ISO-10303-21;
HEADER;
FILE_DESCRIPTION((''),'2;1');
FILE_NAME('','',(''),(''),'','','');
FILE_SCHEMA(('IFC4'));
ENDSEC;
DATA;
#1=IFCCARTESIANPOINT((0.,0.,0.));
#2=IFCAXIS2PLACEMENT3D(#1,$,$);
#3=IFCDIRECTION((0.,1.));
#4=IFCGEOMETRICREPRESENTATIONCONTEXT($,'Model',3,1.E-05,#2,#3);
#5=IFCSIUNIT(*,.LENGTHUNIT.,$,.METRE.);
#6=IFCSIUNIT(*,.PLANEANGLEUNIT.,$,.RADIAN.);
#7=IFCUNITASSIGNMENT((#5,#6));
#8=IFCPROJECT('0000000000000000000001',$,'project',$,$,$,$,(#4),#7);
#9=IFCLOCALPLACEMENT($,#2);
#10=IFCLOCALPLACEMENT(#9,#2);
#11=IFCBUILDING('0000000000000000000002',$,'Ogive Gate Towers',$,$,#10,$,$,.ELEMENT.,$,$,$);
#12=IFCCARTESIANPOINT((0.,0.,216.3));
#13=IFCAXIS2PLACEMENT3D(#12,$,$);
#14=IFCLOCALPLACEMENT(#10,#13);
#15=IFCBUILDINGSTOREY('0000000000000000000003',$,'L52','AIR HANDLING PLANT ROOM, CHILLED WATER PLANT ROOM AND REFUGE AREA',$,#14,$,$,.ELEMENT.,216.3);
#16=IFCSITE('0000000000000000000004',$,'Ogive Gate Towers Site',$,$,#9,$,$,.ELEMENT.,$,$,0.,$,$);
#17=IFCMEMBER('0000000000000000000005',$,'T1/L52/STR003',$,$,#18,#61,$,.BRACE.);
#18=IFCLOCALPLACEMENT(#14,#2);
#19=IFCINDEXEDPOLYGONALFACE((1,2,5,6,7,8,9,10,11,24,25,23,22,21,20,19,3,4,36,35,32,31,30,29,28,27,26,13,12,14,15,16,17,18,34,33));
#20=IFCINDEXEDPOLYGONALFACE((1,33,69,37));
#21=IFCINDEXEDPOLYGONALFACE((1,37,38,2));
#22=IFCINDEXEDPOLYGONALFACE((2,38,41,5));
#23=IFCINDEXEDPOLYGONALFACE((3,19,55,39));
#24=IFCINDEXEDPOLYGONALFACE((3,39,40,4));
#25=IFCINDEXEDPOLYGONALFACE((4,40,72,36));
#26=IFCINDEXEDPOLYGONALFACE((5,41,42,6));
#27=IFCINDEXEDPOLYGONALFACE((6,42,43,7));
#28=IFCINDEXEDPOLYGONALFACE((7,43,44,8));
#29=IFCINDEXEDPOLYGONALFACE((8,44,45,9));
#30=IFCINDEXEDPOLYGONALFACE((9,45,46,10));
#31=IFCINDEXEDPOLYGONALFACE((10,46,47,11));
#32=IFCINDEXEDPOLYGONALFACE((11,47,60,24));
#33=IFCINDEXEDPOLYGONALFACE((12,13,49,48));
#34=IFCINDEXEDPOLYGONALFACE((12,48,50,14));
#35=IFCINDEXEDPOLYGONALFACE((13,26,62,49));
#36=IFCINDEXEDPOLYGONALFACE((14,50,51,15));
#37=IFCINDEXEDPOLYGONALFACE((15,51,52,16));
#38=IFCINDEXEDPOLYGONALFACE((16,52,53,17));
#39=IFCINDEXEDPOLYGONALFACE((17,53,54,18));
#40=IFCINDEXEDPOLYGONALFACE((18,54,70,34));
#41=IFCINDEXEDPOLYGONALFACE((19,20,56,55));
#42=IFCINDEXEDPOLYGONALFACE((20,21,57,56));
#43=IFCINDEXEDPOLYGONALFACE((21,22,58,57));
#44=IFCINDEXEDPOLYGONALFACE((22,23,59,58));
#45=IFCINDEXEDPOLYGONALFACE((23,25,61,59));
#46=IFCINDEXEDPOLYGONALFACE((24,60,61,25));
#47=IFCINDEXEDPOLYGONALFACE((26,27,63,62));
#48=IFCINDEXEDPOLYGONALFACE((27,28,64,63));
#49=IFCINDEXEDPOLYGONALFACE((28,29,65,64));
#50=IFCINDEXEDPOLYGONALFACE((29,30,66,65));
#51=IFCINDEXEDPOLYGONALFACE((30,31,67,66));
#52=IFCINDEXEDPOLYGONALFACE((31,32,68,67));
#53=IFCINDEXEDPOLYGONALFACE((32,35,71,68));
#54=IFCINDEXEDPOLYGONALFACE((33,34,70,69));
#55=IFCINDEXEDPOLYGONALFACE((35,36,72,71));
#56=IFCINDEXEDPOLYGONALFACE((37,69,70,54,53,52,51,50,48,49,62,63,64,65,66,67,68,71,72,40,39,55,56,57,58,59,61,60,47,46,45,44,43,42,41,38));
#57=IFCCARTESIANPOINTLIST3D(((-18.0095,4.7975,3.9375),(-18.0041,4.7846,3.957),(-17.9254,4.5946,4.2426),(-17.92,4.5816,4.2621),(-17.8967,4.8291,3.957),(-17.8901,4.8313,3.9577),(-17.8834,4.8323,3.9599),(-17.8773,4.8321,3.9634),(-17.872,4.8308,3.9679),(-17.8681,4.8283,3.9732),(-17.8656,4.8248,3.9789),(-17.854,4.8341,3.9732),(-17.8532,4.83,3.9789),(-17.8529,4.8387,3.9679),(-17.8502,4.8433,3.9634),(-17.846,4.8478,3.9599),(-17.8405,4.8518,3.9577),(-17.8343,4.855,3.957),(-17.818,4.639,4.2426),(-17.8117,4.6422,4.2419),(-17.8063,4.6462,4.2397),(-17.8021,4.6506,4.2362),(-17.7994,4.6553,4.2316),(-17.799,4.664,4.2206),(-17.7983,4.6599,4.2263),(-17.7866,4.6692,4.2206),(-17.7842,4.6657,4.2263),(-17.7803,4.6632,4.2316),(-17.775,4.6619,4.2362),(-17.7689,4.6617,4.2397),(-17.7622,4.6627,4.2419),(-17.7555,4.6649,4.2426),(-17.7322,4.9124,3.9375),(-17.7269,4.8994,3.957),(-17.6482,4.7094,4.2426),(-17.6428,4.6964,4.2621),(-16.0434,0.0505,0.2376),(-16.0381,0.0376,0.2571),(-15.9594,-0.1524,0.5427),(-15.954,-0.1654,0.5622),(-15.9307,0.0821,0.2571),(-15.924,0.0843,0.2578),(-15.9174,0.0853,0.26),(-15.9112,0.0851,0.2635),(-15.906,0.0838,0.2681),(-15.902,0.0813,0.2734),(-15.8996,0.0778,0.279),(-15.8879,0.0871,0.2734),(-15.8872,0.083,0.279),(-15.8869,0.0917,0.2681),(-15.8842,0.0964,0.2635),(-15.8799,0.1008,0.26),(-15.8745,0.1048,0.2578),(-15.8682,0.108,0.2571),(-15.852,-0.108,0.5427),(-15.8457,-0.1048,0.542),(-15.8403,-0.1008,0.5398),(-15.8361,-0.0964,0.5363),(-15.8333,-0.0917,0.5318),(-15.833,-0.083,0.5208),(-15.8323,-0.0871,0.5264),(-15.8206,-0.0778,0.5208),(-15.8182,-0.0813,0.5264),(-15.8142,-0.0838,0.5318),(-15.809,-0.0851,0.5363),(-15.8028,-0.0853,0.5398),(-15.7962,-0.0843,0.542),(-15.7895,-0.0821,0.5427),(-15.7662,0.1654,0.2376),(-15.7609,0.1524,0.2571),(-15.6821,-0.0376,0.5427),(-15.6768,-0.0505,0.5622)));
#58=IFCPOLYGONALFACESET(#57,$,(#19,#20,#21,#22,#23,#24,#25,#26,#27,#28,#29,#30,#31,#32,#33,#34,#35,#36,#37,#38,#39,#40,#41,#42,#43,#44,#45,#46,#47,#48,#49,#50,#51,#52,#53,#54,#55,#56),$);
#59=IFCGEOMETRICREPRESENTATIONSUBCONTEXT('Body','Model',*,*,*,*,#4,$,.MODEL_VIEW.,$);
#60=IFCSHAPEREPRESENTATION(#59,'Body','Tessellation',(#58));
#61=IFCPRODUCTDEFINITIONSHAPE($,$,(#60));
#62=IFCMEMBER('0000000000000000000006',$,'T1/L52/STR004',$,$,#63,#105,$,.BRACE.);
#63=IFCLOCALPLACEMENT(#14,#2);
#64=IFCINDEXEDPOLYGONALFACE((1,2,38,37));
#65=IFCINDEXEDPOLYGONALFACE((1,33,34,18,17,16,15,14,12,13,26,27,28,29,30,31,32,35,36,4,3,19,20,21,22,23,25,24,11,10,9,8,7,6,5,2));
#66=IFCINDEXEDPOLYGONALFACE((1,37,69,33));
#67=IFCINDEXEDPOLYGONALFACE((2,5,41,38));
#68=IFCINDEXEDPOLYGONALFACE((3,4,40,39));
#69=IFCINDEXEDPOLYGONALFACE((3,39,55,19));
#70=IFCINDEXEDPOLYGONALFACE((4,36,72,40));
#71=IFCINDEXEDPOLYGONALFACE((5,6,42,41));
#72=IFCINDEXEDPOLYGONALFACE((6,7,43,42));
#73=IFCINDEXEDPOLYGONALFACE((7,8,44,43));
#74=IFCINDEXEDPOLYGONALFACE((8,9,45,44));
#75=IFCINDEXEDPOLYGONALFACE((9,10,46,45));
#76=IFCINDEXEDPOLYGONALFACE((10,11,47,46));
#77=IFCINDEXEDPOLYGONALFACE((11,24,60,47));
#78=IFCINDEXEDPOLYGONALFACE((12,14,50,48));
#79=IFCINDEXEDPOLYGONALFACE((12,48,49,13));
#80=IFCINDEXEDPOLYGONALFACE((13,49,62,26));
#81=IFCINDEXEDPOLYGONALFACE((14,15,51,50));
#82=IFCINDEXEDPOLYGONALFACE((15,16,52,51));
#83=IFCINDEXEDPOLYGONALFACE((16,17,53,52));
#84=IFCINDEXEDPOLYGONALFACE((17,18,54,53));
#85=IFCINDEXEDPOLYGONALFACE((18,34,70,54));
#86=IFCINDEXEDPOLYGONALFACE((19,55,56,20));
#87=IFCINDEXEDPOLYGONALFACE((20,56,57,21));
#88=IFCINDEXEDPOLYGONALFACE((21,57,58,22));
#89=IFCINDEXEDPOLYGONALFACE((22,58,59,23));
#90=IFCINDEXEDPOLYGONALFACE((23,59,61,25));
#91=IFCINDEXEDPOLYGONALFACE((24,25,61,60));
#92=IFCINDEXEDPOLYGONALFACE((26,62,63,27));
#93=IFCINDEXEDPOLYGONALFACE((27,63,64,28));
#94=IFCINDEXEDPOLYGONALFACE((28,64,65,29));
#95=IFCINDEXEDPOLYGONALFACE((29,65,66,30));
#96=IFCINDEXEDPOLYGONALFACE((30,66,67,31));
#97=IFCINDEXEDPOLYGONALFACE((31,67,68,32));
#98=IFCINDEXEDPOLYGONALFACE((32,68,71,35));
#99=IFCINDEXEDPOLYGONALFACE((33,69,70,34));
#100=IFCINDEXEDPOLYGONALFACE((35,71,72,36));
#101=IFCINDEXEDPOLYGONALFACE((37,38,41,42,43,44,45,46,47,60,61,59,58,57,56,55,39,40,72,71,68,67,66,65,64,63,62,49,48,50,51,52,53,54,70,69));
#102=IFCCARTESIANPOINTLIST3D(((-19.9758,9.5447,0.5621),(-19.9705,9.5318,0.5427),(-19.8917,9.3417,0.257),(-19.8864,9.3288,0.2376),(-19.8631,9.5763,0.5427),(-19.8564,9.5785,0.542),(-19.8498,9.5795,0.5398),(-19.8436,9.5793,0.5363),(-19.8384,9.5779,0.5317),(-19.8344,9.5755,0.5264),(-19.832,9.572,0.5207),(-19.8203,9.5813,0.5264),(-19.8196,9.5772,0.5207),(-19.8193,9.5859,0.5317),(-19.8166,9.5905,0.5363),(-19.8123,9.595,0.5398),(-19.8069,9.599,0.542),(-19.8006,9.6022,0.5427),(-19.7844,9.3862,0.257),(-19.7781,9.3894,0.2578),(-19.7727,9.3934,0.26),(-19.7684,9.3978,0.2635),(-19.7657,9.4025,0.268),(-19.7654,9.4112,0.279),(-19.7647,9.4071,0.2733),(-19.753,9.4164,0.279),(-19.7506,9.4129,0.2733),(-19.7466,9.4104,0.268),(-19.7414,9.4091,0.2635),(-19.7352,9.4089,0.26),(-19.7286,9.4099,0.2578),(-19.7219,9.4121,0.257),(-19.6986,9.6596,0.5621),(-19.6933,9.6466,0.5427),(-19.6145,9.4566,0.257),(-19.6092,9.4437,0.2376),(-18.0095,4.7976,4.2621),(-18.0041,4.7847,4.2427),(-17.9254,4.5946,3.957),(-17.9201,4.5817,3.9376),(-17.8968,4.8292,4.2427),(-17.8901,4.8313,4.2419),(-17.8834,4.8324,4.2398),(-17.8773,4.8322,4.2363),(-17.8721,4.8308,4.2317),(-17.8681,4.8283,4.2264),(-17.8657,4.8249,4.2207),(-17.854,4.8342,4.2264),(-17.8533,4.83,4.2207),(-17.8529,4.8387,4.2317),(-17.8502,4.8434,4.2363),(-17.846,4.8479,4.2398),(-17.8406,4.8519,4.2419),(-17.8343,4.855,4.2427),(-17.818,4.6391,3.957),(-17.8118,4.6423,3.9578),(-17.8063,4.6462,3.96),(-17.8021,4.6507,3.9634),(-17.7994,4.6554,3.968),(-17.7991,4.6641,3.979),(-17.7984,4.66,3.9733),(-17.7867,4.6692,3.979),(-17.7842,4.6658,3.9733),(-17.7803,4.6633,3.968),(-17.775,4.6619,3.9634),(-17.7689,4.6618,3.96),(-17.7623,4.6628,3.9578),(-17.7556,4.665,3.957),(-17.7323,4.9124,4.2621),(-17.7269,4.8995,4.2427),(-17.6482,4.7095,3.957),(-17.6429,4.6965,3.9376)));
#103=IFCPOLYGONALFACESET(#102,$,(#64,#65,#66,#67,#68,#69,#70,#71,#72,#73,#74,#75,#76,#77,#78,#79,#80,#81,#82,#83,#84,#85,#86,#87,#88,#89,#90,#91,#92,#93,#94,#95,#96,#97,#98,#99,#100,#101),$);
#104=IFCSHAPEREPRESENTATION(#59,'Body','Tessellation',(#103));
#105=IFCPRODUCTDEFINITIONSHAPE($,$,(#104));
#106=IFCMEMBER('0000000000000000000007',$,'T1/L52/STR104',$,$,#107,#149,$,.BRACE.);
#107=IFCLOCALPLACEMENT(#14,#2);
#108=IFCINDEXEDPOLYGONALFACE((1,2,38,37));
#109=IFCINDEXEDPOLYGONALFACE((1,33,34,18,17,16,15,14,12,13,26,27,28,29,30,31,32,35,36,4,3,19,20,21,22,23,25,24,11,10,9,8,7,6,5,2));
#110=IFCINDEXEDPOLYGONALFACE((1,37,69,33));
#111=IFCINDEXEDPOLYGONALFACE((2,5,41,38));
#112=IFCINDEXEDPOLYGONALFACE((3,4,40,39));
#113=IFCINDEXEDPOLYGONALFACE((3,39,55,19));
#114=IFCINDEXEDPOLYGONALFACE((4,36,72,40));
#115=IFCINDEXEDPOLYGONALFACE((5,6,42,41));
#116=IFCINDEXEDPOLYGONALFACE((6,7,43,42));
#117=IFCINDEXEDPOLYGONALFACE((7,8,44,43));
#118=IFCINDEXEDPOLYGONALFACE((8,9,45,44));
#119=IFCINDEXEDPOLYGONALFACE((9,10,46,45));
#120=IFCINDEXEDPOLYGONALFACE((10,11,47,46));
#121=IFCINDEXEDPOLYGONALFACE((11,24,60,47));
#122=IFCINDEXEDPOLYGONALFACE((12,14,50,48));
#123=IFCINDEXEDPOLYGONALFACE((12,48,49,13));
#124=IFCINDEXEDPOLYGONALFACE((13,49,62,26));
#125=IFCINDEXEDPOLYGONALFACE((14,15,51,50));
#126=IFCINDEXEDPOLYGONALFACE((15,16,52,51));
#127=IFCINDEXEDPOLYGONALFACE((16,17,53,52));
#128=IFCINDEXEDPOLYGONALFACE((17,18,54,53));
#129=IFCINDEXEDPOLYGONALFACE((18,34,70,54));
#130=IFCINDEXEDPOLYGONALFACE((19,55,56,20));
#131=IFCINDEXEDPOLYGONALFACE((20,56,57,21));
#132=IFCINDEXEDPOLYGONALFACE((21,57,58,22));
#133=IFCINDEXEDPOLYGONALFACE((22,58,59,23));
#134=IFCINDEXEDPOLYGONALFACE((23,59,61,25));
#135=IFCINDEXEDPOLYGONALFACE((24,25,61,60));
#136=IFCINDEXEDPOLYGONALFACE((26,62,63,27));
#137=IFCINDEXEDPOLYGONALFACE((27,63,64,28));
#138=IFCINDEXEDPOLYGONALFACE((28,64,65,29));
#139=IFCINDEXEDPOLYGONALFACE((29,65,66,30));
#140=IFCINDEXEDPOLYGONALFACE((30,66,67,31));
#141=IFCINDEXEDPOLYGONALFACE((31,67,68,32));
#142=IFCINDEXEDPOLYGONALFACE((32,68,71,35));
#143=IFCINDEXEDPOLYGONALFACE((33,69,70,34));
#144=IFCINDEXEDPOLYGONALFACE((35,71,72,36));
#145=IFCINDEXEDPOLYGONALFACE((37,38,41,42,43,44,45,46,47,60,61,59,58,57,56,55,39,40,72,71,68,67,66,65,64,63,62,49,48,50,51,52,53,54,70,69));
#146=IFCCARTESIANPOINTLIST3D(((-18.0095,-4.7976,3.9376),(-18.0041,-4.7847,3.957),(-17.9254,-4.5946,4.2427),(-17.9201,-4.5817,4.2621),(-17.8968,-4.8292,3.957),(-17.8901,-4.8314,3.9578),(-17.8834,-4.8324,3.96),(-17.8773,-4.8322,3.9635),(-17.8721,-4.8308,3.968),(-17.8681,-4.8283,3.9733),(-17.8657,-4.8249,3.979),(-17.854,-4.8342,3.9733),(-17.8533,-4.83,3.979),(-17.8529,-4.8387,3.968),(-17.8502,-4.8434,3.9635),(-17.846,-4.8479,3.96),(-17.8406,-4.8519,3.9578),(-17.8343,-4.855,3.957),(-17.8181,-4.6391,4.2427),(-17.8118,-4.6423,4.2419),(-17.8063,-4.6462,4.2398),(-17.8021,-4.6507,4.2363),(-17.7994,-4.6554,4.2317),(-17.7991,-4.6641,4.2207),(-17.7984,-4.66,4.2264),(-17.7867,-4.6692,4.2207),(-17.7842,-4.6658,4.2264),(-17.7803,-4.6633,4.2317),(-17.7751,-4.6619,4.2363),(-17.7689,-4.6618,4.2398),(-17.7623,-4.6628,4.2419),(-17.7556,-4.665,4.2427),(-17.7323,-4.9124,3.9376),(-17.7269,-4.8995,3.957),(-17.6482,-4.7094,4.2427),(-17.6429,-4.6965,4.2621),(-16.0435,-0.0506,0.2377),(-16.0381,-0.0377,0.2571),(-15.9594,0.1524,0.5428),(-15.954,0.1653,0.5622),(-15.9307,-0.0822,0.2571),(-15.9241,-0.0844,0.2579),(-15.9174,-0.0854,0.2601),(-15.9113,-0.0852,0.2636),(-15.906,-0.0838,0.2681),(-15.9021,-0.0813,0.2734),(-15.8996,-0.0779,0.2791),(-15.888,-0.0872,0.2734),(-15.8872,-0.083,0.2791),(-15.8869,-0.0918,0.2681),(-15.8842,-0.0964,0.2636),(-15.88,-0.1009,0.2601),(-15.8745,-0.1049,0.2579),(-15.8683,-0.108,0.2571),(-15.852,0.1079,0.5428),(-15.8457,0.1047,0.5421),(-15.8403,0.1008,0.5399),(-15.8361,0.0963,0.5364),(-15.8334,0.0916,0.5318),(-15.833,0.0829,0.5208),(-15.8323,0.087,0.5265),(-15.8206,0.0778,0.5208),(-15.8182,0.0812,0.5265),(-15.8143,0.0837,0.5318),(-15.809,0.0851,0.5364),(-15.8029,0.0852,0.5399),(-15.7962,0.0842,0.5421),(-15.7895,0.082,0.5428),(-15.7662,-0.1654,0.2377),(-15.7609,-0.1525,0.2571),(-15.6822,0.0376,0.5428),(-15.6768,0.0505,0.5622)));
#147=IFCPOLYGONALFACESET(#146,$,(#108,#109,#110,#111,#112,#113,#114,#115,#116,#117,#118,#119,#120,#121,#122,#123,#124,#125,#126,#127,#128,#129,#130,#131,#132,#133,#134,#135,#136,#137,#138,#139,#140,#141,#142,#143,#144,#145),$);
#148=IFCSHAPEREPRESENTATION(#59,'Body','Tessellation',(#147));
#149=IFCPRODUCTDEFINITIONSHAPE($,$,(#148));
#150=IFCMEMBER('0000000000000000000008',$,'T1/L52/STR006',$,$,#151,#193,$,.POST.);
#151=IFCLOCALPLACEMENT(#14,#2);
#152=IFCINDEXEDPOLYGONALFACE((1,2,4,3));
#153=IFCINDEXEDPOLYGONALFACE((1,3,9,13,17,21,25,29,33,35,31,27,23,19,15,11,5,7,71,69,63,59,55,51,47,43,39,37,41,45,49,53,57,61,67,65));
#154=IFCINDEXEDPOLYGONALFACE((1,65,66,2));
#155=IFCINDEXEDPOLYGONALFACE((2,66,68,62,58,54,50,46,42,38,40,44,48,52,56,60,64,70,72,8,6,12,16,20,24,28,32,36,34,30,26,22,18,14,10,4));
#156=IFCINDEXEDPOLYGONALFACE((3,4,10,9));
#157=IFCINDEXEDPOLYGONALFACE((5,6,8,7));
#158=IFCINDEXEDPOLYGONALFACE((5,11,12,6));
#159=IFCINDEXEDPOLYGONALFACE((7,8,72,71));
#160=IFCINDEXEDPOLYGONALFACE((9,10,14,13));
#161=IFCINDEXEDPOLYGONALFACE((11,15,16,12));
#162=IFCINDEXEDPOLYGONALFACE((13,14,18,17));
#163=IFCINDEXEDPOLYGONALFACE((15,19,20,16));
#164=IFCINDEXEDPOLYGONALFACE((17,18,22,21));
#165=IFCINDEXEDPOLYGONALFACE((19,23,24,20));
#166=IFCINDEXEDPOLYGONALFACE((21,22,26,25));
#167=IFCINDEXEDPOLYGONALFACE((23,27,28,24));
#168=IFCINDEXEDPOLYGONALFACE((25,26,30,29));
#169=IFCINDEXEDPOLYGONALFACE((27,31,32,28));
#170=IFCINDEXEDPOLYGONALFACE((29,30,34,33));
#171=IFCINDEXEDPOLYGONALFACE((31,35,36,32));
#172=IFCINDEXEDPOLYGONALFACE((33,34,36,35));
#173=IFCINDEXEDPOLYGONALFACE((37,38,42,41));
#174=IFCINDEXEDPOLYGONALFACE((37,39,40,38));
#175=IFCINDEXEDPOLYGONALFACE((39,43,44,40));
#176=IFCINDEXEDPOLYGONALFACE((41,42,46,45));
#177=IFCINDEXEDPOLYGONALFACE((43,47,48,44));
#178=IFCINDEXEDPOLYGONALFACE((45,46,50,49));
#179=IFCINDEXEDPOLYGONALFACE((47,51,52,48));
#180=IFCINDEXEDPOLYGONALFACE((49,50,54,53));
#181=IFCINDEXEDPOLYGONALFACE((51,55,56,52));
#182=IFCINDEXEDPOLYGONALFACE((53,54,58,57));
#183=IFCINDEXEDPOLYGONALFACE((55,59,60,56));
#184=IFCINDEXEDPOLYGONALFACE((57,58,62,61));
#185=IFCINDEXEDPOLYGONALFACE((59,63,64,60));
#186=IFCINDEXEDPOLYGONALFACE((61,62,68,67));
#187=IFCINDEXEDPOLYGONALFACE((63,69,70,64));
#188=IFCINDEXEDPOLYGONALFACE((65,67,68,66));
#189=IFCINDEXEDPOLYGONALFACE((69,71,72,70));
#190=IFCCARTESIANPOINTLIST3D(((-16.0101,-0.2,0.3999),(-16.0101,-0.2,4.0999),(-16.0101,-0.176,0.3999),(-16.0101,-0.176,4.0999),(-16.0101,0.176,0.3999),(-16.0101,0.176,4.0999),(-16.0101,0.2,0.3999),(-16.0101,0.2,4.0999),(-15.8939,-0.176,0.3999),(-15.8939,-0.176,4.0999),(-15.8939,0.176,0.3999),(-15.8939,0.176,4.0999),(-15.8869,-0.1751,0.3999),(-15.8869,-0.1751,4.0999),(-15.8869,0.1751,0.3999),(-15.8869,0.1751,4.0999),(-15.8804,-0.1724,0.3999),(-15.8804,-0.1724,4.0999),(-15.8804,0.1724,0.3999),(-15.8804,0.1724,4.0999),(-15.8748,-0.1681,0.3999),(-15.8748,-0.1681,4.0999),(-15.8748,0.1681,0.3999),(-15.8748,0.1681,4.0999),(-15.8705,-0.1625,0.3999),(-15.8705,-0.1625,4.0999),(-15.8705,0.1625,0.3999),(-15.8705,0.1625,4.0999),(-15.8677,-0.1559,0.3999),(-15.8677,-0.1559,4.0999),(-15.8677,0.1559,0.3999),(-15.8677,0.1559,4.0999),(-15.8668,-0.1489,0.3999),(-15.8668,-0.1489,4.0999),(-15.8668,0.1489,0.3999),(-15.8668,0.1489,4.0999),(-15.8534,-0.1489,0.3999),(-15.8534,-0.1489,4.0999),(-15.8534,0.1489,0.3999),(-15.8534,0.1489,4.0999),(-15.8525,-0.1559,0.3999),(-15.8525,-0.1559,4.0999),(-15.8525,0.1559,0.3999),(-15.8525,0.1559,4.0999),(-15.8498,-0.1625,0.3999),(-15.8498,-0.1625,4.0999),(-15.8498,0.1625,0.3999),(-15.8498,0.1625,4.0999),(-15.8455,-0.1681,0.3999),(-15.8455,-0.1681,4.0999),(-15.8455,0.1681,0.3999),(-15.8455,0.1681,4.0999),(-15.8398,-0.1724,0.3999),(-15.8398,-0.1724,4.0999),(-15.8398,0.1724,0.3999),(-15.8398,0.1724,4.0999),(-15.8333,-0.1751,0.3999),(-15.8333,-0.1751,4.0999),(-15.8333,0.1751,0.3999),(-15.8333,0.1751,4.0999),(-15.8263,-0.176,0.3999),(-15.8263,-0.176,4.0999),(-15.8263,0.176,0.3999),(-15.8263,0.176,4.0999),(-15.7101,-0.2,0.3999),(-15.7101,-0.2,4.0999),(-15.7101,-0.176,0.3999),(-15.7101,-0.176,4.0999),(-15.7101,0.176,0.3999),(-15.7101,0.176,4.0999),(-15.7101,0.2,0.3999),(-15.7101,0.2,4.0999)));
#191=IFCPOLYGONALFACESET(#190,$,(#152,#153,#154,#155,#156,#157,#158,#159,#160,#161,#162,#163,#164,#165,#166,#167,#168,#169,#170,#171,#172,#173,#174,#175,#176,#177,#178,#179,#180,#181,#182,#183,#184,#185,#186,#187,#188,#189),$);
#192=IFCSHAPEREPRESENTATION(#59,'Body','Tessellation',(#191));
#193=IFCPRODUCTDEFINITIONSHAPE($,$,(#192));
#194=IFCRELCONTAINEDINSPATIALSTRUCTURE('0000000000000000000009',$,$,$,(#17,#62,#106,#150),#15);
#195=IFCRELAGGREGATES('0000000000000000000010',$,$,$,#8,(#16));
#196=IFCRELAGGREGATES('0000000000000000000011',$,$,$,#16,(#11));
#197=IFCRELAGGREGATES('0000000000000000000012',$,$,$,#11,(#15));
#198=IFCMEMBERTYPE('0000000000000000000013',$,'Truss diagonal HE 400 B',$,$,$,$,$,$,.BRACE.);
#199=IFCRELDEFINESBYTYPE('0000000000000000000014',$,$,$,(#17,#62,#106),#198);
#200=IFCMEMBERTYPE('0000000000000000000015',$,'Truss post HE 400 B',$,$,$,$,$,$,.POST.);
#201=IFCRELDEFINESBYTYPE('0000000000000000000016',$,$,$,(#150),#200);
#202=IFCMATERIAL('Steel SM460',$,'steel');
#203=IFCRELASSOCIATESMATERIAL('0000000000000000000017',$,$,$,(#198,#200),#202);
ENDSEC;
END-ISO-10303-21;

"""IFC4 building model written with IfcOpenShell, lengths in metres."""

from ifc_helpers import new_model, si_unit, direction, frame, origin, origin_2d, place, context, subcontext, project, spatial, i_section, extrude, material, material_profile, profile_set, type_object, element, save


model = new_model("IFC4")

# Units and contexts
model_context = context("Model", 3, precision=1e-05, world=origin(), true_north=direction((0.0, 1.0)))
body_context = subcontext(model_context, "Body", "Model", "MODEL_VIEW")
ifc_project = project(units=[si_unit("LENGTHUNIT", "METRE"), si_unit("PLANEANGLEUNIT", "RADIAN")], contexts=[model_context])

# Site, building, storey
site_placement = place(None, origin())
site = spatial("IfcSite", under=ifc_project, at=site_placement, Name="Ogive Gate Towers Site", CompositionType="ELEMENT", RefElevation=0.0)
building_placement = place(site_placement, origin())
building = spatial("IfcBuilding", under=site, at=building_placement, Name="Ogive Gate Towers", CompositionType="ELEMENT")
storey_placement = place(building_placement, frame((0.0, 0.0, 216.3)))
storey = spatial("IfcBuildingStorey", under=building, at=storey_placement, Name="L52", Description="AIR HANDLING PLANT ROOM, CHILLED WATER PLANT ROOM AND REFUGE AREA", CompositionType="ELEMENT", Elevation=216.3)

# Shared definitions
ifc_material_1 = material(Name="Steel SM460", Category="steel")

# Members
ifc_material_profile_1 = material_profile(ifc_material_1, i_section(OverallWidth=0.3, OverallDepth=0.3999, WebThickness=0.0134, FlangeThickness=0.0239, FilletRadius=0.0271, at=origin_2d()), Name="HE 400 B")
ifc_profile_set_1 = profile_set([ifc_material_profile_1], Name="Steel SM460")
member_type_1 = type_object("IfcMemberType", Name="Truss diagonal HE 400 B", PredefinedType="BRACE", material=ifc_profile_set_1)
member_1_placement = place(storey_placement, frame((-15.8601, 0.0, 0.3999), z_axis=(-0.310514, 0.749737, 0.584359), x_axis=(-0.923896, -0.382644, 0.0)))
element("IfcMember", 1, at=member_1_placement, inside=storey, type_object=member_type_1, Name="T1/L52/STR003", PredefinedType="BRACE", context=body_context, shape_type="SweptSolid", body=[
    extrude(i_section(OverallWidth=0.3, OverallDepth=0.3999, WebThickness=0.0134, FlangeThickness=0.0239, FilletRadius=0.0271, at=origin_2d()), origin(), (0.0, 0.0, 1.0), 6.3315),
])
member_2_placement = place(storey_placement, frame((-17.8262, 4.7471, 4.0999), z_axis=(-0.310549, 0.749728, -0.584352), x_axis=(-0.923879, -0.382685, 0.0)))
element("IfcMember", 2, at=member_2_placement, inside=storey, type_object=member_type_1, Name="T1/L52/STR004", PredefinedType="BRACE", context=body_context, shape_type="SweptSolid", body=[
    extrude(i_section(OverallWidth=0.3, OverallDepth=0.3999, WebThickness=0.0134, FlangeThickness=0.0239, FilletRadius=0.0271, at=origin_2d()), origin(), (0.0, 0.0, 1.0), 6.3318),
])
member_3_placement = place(storey_placement, frame((-17.8262, -4.7471, 4.0999), z_axis=(0.310514, 0.749737, -0.584359), x_axis=(-0.923896, 0.382644, 0.0)))
element("IfcMember", 3, at=member_3_placement, inside=storey, type_object=member_type_1, Name="T1/L52/STR104", PredefinedType="BRACE", context=body_context, shape_type="SweptSolid", body=[
    extrude(i_section(OverallWidth=0.3, OverallDepth=0.3999, WebThickness=0.0134, FlangeThickness=0.0239, FilletRadius=0.0271, at=origin_2d()), origin(), (0.0, 0.0, 1.0), 6.3315),
])
ifc_material_profile_2 = material_profile(ifc_material_1, i_section(OverallWidth=0.3, OverallDepth=0.3999, WebThickness=0.0134, FlangeThickness=0.0239, FilletRadius=0.0271, at=origin_2d()), Name="HE 400 B")
ifc_profile_set_2 = profile_set([ifc_material_profile_2], Name="Steel SM460")
member_type_2 = type_object("IfcMemberType", Name="Truss post HE 400 B", PredefinedType="POST", material=ifc_profile_set_2)
for number, where, z_axis, x_axis, name in (
    (4, (-15.8601, 0.0, 0.3999), (0.0, 0.0, 1.0), (1.0, 0.0, 0.0), "T1/L52/STR006"),
):
    element("IfcMember", number, at=place(storey_placement, frame(where, z_axis=z_axis, x_axis=x_axis)), inside=storey, type_object=member_type_2, Name=name, PredefinedType="POST", context=body_context, shape_type="SweptSolid", body=[
        extrude(i_section(OverallWidth=0.3, OverallDepth=0.3999, WebThickness=0.0134, FlangeThickness=0.0239, FilletRadius=0.0271, at=origin_2d()), origin(), (0.0, 0.0, 1.0), 3.7),
    ])

save(model, "model.ifc")
